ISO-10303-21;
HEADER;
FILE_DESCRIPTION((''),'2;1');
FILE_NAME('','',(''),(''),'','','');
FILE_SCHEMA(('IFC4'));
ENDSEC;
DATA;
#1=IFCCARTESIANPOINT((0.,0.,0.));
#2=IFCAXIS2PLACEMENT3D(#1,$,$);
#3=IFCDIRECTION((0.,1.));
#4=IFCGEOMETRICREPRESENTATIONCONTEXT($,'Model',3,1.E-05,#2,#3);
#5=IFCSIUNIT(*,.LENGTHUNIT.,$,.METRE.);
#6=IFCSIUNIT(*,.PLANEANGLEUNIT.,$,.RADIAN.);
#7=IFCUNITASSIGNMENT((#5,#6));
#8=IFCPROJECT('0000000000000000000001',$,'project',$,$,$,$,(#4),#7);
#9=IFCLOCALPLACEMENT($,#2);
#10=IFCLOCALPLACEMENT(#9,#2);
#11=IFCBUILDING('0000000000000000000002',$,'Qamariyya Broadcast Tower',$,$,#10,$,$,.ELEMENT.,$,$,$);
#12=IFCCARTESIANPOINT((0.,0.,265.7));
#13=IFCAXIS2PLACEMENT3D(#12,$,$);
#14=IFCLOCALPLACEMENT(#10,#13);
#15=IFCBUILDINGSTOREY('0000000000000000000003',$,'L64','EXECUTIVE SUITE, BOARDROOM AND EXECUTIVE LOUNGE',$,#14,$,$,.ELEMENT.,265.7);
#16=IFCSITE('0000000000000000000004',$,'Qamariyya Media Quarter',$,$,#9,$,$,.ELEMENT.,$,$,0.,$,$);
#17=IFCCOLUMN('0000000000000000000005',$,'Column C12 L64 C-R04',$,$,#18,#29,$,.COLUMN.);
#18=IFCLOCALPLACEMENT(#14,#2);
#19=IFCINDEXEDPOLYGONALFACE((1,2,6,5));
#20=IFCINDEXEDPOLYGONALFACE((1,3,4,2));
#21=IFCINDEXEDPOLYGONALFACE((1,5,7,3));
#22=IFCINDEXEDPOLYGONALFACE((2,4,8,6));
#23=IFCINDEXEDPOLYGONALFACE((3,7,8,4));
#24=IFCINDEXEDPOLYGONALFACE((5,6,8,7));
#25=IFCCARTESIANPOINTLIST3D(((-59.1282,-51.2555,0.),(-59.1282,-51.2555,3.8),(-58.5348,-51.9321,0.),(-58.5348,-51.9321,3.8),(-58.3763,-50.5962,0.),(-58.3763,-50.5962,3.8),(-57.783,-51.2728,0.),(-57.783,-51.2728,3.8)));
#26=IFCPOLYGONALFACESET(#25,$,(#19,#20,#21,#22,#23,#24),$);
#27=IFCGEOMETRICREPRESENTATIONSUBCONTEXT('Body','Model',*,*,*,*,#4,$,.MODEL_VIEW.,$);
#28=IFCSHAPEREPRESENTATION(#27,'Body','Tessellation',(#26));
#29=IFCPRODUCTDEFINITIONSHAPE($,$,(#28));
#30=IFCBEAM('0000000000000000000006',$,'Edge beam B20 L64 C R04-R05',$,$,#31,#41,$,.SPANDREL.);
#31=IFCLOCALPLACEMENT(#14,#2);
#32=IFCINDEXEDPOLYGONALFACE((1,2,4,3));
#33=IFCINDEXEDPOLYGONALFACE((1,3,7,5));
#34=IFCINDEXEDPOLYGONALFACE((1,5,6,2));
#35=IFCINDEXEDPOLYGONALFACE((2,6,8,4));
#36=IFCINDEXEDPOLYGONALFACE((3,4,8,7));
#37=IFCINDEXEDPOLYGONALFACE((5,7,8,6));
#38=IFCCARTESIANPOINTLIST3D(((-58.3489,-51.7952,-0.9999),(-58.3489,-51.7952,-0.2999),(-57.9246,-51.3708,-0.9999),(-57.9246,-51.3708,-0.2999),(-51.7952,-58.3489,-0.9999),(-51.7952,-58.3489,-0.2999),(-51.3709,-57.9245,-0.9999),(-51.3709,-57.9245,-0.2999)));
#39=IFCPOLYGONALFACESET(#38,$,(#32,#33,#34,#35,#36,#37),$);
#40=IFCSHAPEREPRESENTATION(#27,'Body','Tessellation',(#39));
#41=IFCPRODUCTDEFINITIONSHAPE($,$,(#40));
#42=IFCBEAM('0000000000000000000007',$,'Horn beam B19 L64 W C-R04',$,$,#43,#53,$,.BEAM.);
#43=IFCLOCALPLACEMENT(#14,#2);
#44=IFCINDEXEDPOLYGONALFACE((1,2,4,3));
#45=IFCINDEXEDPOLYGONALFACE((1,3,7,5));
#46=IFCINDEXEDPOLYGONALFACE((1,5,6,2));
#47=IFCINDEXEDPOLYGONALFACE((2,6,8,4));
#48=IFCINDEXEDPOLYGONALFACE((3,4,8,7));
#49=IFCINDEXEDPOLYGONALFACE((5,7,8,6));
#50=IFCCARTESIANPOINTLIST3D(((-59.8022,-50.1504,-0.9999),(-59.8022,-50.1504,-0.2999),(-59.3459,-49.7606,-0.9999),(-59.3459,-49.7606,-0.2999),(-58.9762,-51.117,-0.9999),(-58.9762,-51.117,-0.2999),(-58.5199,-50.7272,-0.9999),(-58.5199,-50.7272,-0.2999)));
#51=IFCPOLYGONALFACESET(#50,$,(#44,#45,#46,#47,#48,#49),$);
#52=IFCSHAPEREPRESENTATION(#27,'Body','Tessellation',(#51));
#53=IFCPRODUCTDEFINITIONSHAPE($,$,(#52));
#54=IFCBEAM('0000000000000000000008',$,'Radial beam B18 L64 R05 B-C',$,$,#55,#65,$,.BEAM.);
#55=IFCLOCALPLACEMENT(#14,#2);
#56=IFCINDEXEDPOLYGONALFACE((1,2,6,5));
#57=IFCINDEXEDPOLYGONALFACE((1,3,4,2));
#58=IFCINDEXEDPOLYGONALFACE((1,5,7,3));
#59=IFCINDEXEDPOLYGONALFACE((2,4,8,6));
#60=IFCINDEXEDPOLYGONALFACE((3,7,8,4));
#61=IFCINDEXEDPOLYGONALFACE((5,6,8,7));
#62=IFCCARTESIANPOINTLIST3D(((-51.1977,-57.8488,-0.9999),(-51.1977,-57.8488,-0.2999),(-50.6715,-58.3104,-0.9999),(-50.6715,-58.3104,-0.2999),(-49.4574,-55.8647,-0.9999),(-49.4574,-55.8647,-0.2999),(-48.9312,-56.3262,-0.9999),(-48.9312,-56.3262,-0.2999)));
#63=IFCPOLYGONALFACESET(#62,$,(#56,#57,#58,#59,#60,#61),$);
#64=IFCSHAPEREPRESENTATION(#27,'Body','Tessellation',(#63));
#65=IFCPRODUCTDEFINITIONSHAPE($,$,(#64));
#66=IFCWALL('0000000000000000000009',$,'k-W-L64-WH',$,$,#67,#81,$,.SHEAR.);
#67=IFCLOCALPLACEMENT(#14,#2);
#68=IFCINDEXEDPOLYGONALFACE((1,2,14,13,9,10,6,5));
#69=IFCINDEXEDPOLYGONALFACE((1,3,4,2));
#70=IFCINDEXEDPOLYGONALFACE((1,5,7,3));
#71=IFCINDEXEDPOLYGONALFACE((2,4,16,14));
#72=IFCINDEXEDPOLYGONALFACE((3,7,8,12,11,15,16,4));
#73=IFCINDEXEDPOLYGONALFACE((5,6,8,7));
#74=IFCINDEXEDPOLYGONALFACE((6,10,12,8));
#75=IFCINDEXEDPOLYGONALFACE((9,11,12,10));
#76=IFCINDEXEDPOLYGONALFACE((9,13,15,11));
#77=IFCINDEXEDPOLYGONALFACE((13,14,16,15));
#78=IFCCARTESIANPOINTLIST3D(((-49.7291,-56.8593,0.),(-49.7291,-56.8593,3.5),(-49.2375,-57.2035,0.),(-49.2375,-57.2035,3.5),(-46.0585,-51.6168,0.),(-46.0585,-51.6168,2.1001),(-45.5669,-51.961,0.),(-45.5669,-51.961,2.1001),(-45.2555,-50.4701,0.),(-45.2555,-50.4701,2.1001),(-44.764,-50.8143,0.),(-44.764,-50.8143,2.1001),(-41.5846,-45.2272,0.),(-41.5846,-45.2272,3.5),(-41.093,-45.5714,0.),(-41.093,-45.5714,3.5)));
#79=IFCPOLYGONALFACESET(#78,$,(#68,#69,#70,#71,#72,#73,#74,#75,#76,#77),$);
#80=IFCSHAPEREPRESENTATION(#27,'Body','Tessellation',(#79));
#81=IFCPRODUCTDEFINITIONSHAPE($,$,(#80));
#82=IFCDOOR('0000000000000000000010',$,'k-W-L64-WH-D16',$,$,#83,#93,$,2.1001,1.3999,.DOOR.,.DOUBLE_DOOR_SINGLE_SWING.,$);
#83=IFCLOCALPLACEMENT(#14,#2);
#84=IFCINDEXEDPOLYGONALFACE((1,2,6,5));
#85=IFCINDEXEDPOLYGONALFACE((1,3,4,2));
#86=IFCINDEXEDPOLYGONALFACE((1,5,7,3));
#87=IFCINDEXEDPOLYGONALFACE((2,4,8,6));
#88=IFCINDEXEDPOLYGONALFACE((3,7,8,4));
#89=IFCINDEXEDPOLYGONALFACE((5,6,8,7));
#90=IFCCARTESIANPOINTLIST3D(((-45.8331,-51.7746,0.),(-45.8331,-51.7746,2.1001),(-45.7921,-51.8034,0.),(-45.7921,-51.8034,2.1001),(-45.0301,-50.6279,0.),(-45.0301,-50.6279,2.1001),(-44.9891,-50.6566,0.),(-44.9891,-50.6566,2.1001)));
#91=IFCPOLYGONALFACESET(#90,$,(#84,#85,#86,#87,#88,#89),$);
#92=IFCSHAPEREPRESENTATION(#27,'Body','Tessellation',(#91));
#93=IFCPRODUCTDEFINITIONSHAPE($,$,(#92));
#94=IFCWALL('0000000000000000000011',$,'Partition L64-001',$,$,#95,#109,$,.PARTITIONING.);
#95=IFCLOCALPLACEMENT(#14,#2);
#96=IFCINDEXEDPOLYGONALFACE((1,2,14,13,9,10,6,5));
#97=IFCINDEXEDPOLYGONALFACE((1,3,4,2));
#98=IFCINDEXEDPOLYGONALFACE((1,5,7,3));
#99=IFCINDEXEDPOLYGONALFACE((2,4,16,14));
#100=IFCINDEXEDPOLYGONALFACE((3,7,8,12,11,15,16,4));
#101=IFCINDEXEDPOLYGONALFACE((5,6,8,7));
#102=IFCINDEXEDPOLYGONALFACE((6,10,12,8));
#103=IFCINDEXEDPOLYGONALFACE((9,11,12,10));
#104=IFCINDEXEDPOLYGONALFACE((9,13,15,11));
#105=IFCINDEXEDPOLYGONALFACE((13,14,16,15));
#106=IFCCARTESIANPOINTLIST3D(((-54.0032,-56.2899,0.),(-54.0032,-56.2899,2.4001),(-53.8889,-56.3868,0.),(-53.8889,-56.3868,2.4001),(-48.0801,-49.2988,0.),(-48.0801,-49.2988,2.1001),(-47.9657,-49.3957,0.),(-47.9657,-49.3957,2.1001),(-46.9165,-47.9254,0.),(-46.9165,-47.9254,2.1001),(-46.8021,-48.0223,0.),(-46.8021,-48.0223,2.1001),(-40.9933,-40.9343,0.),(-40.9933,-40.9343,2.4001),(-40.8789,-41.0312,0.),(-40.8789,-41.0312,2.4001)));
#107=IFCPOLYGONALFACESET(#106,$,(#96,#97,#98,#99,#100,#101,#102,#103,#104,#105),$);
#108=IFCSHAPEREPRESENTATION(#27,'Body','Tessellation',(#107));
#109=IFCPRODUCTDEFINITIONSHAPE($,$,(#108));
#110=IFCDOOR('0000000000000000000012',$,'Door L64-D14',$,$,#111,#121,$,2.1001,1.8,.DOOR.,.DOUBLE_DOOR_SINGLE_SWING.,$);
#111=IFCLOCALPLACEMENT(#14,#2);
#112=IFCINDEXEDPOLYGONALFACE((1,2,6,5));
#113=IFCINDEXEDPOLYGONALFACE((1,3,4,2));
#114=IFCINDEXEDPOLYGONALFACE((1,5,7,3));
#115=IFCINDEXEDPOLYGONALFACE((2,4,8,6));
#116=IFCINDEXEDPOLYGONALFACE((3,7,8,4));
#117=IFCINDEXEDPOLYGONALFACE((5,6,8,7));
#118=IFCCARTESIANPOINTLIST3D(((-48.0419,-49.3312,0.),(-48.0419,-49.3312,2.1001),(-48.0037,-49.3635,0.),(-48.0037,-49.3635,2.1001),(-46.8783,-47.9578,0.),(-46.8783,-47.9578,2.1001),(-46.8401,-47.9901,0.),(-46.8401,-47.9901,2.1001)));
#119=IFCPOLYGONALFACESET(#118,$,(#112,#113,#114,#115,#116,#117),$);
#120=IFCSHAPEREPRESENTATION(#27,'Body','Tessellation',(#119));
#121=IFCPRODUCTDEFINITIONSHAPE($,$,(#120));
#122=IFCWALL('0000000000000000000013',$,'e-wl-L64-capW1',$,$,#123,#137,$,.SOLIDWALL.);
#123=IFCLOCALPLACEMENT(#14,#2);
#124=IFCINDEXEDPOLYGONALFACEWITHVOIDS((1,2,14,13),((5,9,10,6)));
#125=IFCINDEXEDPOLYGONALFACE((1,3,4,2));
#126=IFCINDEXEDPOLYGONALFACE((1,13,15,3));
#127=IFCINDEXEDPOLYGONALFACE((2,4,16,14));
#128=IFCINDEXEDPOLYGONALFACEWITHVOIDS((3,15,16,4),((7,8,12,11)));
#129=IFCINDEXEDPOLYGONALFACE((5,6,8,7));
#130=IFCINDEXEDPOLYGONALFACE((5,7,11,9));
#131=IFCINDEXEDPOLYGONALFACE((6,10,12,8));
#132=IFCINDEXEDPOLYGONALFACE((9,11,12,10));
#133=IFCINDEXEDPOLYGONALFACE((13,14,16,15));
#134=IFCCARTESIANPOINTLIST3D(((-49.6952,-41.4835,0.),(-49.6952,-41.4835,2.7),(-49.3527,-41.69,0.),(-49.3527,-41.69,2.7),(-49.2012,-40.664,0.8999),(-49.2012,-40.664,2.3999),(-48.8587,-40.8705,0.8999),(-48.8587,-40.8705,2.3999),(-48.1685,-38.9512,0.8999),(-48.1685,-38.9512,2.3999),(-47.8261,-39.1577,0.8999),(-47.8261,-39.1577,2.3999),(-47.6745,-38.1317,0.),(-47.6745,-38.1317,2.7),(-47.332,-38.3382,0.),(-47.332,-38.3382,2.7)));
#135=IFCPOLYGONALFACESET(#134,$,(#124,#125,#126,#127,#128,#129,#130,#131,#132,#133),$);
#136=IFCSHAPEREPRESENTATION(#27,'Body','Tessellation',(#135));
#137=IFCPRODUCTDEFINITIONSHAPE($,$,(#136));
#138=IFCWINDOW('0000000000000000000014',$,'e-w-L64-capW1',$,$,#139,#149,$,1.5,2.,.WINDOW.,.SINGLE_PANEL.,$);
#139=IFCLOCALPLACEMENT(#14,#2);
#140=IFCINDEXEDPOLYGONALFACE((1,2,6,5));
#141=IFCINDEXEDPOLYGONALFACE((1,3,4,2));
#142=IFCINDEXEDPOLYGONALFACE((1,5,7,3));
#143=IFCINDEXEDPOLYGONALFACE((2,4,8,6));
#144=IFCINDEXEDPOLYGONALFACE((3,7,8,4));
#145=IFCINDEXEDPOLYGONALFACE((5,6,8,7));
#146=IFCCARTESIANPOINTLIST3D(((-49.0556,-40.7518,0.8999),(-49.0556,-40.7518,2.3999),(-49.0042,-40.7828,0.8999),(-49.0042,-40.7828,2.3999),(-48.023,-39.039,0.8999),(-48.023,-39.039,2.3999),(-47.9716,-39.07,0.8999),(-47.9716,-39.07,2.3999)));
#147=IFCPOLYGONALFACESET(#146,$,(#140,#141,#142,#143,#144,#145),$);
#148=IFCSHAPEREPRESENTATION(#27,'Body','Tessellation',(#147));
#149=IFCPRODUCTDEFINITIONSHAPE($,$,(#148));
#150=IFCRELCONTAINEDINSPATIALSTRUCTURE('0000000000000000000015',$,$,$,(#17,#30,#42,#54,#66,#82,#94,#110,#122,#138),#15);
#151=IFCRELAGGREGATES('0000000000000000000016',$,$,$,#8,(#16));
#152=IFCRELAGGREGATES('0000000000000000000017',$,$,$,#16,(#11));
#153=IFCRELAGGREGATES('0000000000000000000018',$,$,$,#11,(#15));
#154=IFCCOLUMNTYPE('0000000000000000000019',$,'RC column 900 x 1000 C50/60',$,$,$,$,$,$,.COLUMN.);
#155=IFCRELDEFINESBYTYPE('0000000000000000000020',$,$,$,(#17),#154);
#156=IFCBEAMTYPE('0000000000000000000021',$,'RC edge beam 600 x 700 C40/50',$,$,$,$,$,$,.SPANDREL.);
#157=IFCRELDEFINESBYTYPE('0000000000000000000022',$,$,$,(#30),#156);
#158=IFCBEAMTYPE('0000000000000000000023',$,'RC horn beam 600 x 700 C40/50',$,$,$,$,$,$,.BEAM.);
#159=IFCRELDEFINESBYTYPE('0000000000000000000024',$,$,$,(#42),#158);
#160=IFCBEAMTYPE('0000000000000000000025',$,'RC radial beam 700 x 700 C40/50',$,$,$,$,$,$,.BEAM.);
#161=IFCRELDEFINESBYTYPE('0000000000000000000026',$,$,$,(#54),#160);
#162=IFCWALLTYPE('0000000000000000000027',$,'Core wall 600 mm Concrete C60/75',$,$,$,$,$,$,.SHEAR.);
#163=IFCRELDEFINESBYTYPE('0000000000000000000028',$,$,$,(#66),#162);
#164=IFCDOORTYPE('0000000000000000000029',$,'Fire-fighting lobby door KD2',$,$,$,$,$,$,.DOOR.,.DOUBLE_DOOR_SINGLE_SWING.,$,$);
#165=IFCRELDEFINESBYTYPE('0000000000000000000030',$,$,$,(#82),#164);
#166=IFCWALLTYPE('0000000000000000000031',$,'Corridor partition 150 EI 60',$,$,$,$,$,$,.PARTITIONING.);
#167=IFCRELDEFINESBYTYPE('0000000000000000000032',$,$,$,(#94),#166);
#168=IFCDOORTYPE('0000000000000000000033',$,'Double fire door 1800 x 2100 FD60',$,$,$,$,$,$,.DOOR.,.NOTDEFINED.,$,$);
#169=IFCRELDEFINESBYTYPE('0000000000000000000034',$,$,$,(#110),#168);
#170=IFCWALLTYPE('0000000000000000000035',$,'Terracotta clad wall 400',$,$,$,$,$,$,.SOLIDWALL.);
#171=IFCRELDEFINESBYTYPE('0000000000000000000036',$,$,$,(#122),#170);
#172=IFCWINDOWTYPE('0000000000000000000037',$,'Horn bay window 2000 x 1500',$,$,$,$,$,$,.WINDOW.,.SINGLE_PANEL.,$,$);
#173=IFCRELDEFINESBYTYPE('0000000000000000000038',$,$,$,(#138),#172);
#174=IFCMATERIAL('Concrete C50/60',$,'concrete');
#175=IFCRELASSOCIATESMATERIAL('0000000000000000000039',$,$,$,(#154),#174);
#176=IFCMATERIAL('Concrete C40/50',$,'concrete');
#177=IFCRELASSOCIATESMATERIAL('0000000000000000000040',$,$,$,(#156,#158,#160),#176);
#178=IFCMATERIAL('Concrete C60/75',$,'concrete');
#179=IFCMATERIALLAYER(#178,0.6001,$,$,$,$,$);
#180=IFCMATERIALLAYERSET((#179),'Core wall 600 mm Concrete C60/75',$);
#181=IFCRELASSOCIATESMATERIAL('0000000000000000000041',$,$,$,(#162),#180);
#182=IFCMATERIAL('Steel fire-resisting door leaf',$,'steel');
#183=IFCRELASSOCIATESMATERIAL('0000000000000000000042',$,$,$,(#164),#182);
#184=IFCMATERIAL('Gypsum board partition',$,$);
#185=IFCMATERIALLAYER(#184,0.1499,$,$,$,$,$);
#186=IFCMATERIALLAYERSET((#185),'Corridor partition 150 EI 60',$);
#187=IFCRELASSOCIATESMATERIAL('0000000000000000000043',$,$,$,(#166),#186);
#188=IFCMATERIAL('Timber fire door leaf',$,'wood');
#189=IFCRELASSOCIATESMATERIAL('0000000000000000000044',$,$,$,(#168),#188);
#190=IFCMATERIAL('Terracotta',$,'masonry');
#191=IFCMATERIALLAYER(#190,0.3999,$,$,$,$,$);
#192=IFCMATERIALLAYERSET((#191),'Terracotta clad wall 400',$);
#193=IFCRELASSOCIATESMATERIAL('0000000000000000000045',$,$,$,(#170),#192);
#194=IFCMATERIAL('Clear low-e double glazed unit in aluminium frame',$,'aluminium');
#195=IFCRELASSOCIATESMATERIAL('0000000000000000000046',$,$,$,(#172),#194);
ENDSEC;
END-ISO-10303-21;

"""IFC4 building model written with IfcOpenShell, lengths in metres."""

from ifc_helpers import new_model, si_unit, direction, frame, frame_2d, origin, origin_2d, place, context, subcontext, project, spatial, rectangle, extrude, material, layer, layer_set, material_profile, profile_set, type_object, element, fill, save


model = new_model("IFC4")

# Units and contexts
model_context = context("Model", 3, precision=1e-05, world=origin(), true_north=direction((0.0, 1.0)))
body_context = subcontext(model_context, "Body", "Model", "MODEL_VIEW")
ifc_project = project(units=[si_unit("LENGTHUNIT", "METRE"), si_unit("PLANEANGLEUNIT", "RADIAN")], contexts=[model_context])

# Site, building, storey
site_placement = place(None, origin())
site = spatial("IfcSite", under=ifc_project, at=site_placement, Name="Qamariyya Media Quarter", CompositionType="ELEMENT", RefElevation=0.0)
building_placement = place(site_placement, origin())
building = spatial("IfcBuilding", under=site, at=building_placement, Name="Qamariyya Broadcast Tower", CompositionType="ELEMENT")
storey_placement = place(building_placement, frame((0.0, 0.0, 265.7)))
storey = spatial("IfcBuildingStorey", under=building, at=storey_placement, Name="L64", Description="EXECUTIVE SUITE, BOARDROOM AND EXECUTIVE LOUNGE", CompositionType="ELEMENT", Elevation=265.7)

# Column
ifc_material_1 = material(Name="Concrete C50/60", Category="concrete")
ifc_material_profile_1 = material_profile(ifc_material_1, rectangle(XDim=0.8999, YDim=1.0, at=origin_2d()))
ifc_profile_set_1 = profile_set([ifc_material_profile_1], Name="Concrete C50/60")
column_type = type_object("IfcColumnType", Name="RC column 900 x 1000 C50/60", PredefinedType="COLUMN", material=ifc_profile_set_1)
column_placement = place(storey_placement, frame((-58.4556, -51.2642, 0.0), z_axis=(0.0, 0.0, 1.0), x_axis=(0.659346, -0.75184, 0.0)))
element("IfcColumn", 1, at=column_placement, inside=storey, type_object=column_type, Name="Column C12 L64 C-R04", PredefinedType="COLUMN", context=body_context, shape_type="SweptSolid", body=[
    extrude(rectangle(XDim=0.8999, YDim=1.0, at=origin_2d()), origin(), (0.0, 0.0, 1.0), 3.8),
])

# Beams
ifc_material_2 = material(Name="Concrete C40/50", Category="concrete")
ifc_material_profile_2 = material_profile(ifc_material_2, rectangle(XDim=0.6001, YDim=0.7, at=origin_2d()))
ifc_profile_set_2 = profile_set([ifc_material_profile_2], Name="Concrete C40/50")
beam_type_1 = type_object("IfcBeamType", Name="RC edge beam 600 x 700 C40/50", PredefinedType="SPANDREL", material=ifc_profile_set_2)
beam_1_placement = place(storey_placement, frame((-58.1367, -51.583, -0.6499), z_axis=(0.707107, -0.707107, 0.0), x_axis=(0.707107, 0.707107, 0.0)))
element("IfcBeam", 2, at=beam_1_placement, inside=storey, type_object=beam_type_1, Name="Edge beam B20 L64 C R04-R05", PredefinedType="SPANDREL", context=body_context, shape_type="SweptSolid", body=[
    extrude(rectangle(XDim=0.6001, YDim=0.7, at=origin_2d()), origin(), (0.0, 0.0, 1.0), 9.2683),
])
ifc_material_profile_3 = material_profile(ifc_material_2, rectangle(XDim=0.6001, YDim=0.7, at=origin_2d()))
ifc_profile_set_3 = profile_set([ifc_material_profile_3], Name="Concrete C40/50")
beam_type_2 = type_object("IfcBeamType", Name="RC horn beam 600 x 700 C40/50", PredefinedType="BEAM", material=ifc_profile_set_3)
beam_2_placement = place(storey_placement, frame((-58.748, -50.9221, -0.6499), z_axis=(-0.649636, 0.760245, 0.0), x_axis=(-0.760245, -0.649636, 0.0)))
element("IfcBeam", 3, at=beam_2_placement, inside=storey, type_object=beam_type_2, Name="Horn beam B19 L64 W C-R04", PredefinedType="BEAM", context=body_context, shape_type="SweptSolid", body=[
    extrude(rectangle(XDim=0.6001, YDim=0.7, at=origin_2d()), origin(), (0.0, 0.0, 1.0), 1.2715),
])
ifc_material_profile_4 = material_profile(ifc_material_2, rectangle(XDim=0.7, YDim=0.7, at=origin_2d()))
ifc_profile_set_4 = profile_set([ifc_material_profile_4], Name="Concrete C40/50")
beam_type_3 = type_object("IfcBeamType", Name="RC radial beam 700 x 700 C40/50", PredefinedType="BEAM", material=ifc_profile_set_4)
beam_3_placement = place(storey_placement, frame((-49.1943, -56.0955, -0.6499), z_axis=(-0.659388, -0.751803, 0.0), x_axis=(0.751803, -0.659388, 0.0)))
element("IfcBeam", 4, at=beam_3_placement, inside=storey, type_object=beam_type_3, Name="Radial beam B18 L64 R05 B-C", PredefinedType="BEAM", context=body_context, shape_type="SweptSolid", body=[
    extrude(rectangle(XDim=0.7, YDim=0.7, at=origin_2d()), origin(), (0.0, 0.0, 1.0), 2.6392),
])

# Walls, openings, doors
ifc_material_3 = material(Name="Concrete C60/75", Category="concrete")
ifc_layer_1 = layer(ifc_material_3, 0.6001)
ifc_layer_set_1 = layer_set([ifc_layer_1], Name="Core wall 600 mm Concrete C60/75")
wall_type_1 = type_object("IfcWallType", Name="Core wall 600 mm Concrete C60/75", PredefinedType="SHEAR", material=ifc_layer_set_1)
wall_1_placement = place(storey_placement, frame((-49.4834, -57.0315, 0.0), z_axis=(0.0, 0.0, 1.0), x_axis=(0.57356, 0.819163, 0.0)))
wall_1 = element("IfcWall", 5, at=wall_1_placement, inside=storey, type_object=wall_type_1, Name="k-W-L64-WH", PredefinedType="SHEAR", context=body_context, shape_type="SweptSolid", body=[
    extrude(rectangle(XDim=14.2, YDim=0.6001, at=frame_2d((7.1001, 0.0))), origin(), (0.0, 0.0, 1.0), 3.5),
])
opening_1_placement = place(wall_1_placement, frame((6.3999, 0.0, 0.0)))
opening_1 = element("IfcOpeningElement", 6, at=opening_1_placement, cuts=wall_1, PredefinedType="OPENING", context=body_context, shape_type="SweptSolid", body=[
    extrude(rectangle(XDim=1.3999, YDim=2.1001, at=frame_2d((0.7, 1.05))), frame((0.0, 0.3101, 0.0), z_axis=(0.0, -1.0, 0.0), x_axis=(1.0, 0.0, 0.0)), (0.0, 0.0, 1.0), 0.6201),
])
ifc_material_4 = material(Name="Steel fire-resisting door leaf", Category="steel")
door_type_1 = type_object("IfcDoorType", Name="Fire-fighting lobby door KD2", OperationType="DOUBLE_DOOR_SINGLE_SWING", PredefinedType="DOOR", material=ifc_material_4)
door_1_placement = place(opening_1_placement, origin())
door_1 = element("IfcDoor", 7, at=door_1_placement, inside=storey, type_object=door_type_1, Name="k-W-L64-WH-D16", OperationType="DOUBLE_DOOR_SINGLE_SWING", OverallHeight=2.1001, OverallWidth=1.3999, PredefinedType="DOOR", context=body_context, shape_type="SweptSolid", body=[
    extrude(rectangle(XDim=1.3999, YDim=2.1001, at=frame_2d((0.7, 1.05))), frame((0.0, 0.0249, 0.0), z_axis=(0.0, -1.0, 0.0), x_axis=(1.0, 0.0, 0.0)), (0.0, 0.0, 1.0), 0.05),
])
fill(opening_1, door_1)
ifc_material_5 = material(Name="Gypsum board partition")
ifc_layer_2 = layer(ifc_material_5, 0.1499)
ifc_layer_set_2 = layer_set([ifc_layer_2], Name="Corridor partition 150 EI 60")
wall_type_2 = type_object("IfcWallType", Name="Corridor partition 150 EI 60", PredefinedType="PARTITIONING", material=ifc_layer_set_2)
wall_2_placement = place(storey_placement, frame((-53.946, -56.3384, 0.0), z_axis=(0.0, 0.0, 1.0), x_axis=(0.646426, 0.762977, 0.0)))
wall_2 = element("IfcWall", 8, at=wall_2_placement, inside=storey, type_object=wall_type_2, Name="Partition L64-001", PredefinedType="PARTITIONING", context=body_context, shape_type="SweptSolid", body=[
    extrude(rectangle(XDim=20.126, YDim=0.1499, at=frame_2d((10.063, 0.0))), origin(), (0.0, 0.0, 1.0), 2.4001),
])
opening_2_placement = place(wall_2_placement, frame((9.1631, 0.0, 0.0)))
opening_2 = element("IfcOpeningElement", 9, at=opening_2_placement, cuts=wall_2, PredefinedType="OPENING", context=body_context, shape_type="SweptSolid", body=[
    extrude(rectangle(XDim=1.8, YDim=2.1001, at=frame_2d((0.8999, 1.05))), frame((0.0, 0.085, 0.0), z_axis=(0.0, -1.0, 0.0), x_axis=(1.0, 0.0, 0.0)), (0.0, 0.0, 1.0), 0.1699),
])
ifc_material_6 = material(Name="Timber fire door leaf", Category="wood")
door_type_2 = type_object("IfcDoorType", Name="Double fire door 1800 x 2100 FD60", OperationType="NOTDEFINED", PredefinedType="DOOR", material=ifc_material_6)
door_2_placement = place(opening_2_placement, origin())
door_2 = element("IfcDoor", 10, at=door_2_placement, inside=storey, type_object=door_type_2, Name="Door L64-D14", OperationType="DOUBLE_DOOR_SINGLE_SWING", OverallHeight=2.1001, OverallWidth=1.8, PredefinedType="DOOR", context=body_context, shape_type="SweptSolid", body=[
    extrude(rectangle(XDim=1.8, YDim=2.1001, at=frame_2d((0.8999, 1.05))), frame((0.0, 0.0249, 0.0), z_axis=(0.0, -1.0, 0.0), x_axis=(1.0, 0.0, 0.0)), (0.0, 0.0, 1.0), 0.05),
])
fill(opening_2, door_2)

# Wall, opening, window
ifc_material_7 = material(Name="Terracotta", Category="masonry")
ifc_layer_3 = layer(ifc_material_7, 0.3999)
ifc_layer_set_3 = layer_set([ifc_layer_3], Name="Terracotta clad wall 400")
wall_type_3 = type_object("IfcWallType", Name="Terracotta clad wall 400", PredefinedType="SOLIDWALL", material=ifc_layer_set_3)
wall_3_placement = place(storey_placement, frame((-47.5032, -38.2349, 0.0), z_axis=(0.0, 0.0, 1.0), x_axis=(-0.516311, -0.856401, 0.0)))
wall_3 = element("IfcWall", 11, at=wall_3_placement, inside=storey, type_object=wall_type_3, Name="e-wl-L64-capW1", PredefinedType="SOLIDWALL", context=body_context, shape_type="SweptSolid", body=[
    extrude(rectangle(XDim=3.9138, YDim=0.3999, at=frame_2d((1.957, 0.0))), origin(), (0.0, 0.0, 1.0), 2.7),
])
opening_3_placement = place(wall_3_placement, frame((0.957, 0.0, 0.8999)))
opening_3 = element("IfcOpeningElement", 12, at=opening_3_placement, cuts=wall_3, PredefinedType="OPENING", context=body_context, shape_type="SweptSolid", body=[
    extrude(rectangle(XDim=2.0, YDim=1.5, at=frame_2d((1.0, 0.75))), frame((0.0, 0.21, 0.0), z_axis=(0.0, -1.0, 0.0), x_axis=(1.0, 0.0, 0.0)), (0.0, 0.0, 1.0), 0.4199),
])
ifc_material_8 = material(Name="Clear low-e double glazed unit in aluminium frame", Category="aluminium")
window_type = type_object("IfcWindowType", Name="Horn bay window 2000 x 1500", PartitioningType="SINGLE_PANEL", PredefinedType="WINDOW", material=ifc_material_8)
window_1_placement = place(opening_3_placement, origin())
window_1 = element("IfcWindow", 13, at=window_1_placement, inside=storey, type_object=window_type, Name="e-w-L64-capW1", OverallHeight=1.5, OverallWidth=2.0, PartitioningType="SINGLE_PANEL", PredefinedType="WINDOW", context=body_context, shape_type="SweptSolid", body=[
    extrude(rectangle(XDim=2.0, YDim=1.5, at=frame_2d((1.0, 0.75))), frame((0.0, 0.03, 0.0), z_axis=(0.0, -1.0, 0.0), x_axis=(1.0, 0.0, 0.0)), (0.0, 0.0, 1.0), 0.0601),
])
fill(opening_3, window_1)

save(model, "model.ifc")
